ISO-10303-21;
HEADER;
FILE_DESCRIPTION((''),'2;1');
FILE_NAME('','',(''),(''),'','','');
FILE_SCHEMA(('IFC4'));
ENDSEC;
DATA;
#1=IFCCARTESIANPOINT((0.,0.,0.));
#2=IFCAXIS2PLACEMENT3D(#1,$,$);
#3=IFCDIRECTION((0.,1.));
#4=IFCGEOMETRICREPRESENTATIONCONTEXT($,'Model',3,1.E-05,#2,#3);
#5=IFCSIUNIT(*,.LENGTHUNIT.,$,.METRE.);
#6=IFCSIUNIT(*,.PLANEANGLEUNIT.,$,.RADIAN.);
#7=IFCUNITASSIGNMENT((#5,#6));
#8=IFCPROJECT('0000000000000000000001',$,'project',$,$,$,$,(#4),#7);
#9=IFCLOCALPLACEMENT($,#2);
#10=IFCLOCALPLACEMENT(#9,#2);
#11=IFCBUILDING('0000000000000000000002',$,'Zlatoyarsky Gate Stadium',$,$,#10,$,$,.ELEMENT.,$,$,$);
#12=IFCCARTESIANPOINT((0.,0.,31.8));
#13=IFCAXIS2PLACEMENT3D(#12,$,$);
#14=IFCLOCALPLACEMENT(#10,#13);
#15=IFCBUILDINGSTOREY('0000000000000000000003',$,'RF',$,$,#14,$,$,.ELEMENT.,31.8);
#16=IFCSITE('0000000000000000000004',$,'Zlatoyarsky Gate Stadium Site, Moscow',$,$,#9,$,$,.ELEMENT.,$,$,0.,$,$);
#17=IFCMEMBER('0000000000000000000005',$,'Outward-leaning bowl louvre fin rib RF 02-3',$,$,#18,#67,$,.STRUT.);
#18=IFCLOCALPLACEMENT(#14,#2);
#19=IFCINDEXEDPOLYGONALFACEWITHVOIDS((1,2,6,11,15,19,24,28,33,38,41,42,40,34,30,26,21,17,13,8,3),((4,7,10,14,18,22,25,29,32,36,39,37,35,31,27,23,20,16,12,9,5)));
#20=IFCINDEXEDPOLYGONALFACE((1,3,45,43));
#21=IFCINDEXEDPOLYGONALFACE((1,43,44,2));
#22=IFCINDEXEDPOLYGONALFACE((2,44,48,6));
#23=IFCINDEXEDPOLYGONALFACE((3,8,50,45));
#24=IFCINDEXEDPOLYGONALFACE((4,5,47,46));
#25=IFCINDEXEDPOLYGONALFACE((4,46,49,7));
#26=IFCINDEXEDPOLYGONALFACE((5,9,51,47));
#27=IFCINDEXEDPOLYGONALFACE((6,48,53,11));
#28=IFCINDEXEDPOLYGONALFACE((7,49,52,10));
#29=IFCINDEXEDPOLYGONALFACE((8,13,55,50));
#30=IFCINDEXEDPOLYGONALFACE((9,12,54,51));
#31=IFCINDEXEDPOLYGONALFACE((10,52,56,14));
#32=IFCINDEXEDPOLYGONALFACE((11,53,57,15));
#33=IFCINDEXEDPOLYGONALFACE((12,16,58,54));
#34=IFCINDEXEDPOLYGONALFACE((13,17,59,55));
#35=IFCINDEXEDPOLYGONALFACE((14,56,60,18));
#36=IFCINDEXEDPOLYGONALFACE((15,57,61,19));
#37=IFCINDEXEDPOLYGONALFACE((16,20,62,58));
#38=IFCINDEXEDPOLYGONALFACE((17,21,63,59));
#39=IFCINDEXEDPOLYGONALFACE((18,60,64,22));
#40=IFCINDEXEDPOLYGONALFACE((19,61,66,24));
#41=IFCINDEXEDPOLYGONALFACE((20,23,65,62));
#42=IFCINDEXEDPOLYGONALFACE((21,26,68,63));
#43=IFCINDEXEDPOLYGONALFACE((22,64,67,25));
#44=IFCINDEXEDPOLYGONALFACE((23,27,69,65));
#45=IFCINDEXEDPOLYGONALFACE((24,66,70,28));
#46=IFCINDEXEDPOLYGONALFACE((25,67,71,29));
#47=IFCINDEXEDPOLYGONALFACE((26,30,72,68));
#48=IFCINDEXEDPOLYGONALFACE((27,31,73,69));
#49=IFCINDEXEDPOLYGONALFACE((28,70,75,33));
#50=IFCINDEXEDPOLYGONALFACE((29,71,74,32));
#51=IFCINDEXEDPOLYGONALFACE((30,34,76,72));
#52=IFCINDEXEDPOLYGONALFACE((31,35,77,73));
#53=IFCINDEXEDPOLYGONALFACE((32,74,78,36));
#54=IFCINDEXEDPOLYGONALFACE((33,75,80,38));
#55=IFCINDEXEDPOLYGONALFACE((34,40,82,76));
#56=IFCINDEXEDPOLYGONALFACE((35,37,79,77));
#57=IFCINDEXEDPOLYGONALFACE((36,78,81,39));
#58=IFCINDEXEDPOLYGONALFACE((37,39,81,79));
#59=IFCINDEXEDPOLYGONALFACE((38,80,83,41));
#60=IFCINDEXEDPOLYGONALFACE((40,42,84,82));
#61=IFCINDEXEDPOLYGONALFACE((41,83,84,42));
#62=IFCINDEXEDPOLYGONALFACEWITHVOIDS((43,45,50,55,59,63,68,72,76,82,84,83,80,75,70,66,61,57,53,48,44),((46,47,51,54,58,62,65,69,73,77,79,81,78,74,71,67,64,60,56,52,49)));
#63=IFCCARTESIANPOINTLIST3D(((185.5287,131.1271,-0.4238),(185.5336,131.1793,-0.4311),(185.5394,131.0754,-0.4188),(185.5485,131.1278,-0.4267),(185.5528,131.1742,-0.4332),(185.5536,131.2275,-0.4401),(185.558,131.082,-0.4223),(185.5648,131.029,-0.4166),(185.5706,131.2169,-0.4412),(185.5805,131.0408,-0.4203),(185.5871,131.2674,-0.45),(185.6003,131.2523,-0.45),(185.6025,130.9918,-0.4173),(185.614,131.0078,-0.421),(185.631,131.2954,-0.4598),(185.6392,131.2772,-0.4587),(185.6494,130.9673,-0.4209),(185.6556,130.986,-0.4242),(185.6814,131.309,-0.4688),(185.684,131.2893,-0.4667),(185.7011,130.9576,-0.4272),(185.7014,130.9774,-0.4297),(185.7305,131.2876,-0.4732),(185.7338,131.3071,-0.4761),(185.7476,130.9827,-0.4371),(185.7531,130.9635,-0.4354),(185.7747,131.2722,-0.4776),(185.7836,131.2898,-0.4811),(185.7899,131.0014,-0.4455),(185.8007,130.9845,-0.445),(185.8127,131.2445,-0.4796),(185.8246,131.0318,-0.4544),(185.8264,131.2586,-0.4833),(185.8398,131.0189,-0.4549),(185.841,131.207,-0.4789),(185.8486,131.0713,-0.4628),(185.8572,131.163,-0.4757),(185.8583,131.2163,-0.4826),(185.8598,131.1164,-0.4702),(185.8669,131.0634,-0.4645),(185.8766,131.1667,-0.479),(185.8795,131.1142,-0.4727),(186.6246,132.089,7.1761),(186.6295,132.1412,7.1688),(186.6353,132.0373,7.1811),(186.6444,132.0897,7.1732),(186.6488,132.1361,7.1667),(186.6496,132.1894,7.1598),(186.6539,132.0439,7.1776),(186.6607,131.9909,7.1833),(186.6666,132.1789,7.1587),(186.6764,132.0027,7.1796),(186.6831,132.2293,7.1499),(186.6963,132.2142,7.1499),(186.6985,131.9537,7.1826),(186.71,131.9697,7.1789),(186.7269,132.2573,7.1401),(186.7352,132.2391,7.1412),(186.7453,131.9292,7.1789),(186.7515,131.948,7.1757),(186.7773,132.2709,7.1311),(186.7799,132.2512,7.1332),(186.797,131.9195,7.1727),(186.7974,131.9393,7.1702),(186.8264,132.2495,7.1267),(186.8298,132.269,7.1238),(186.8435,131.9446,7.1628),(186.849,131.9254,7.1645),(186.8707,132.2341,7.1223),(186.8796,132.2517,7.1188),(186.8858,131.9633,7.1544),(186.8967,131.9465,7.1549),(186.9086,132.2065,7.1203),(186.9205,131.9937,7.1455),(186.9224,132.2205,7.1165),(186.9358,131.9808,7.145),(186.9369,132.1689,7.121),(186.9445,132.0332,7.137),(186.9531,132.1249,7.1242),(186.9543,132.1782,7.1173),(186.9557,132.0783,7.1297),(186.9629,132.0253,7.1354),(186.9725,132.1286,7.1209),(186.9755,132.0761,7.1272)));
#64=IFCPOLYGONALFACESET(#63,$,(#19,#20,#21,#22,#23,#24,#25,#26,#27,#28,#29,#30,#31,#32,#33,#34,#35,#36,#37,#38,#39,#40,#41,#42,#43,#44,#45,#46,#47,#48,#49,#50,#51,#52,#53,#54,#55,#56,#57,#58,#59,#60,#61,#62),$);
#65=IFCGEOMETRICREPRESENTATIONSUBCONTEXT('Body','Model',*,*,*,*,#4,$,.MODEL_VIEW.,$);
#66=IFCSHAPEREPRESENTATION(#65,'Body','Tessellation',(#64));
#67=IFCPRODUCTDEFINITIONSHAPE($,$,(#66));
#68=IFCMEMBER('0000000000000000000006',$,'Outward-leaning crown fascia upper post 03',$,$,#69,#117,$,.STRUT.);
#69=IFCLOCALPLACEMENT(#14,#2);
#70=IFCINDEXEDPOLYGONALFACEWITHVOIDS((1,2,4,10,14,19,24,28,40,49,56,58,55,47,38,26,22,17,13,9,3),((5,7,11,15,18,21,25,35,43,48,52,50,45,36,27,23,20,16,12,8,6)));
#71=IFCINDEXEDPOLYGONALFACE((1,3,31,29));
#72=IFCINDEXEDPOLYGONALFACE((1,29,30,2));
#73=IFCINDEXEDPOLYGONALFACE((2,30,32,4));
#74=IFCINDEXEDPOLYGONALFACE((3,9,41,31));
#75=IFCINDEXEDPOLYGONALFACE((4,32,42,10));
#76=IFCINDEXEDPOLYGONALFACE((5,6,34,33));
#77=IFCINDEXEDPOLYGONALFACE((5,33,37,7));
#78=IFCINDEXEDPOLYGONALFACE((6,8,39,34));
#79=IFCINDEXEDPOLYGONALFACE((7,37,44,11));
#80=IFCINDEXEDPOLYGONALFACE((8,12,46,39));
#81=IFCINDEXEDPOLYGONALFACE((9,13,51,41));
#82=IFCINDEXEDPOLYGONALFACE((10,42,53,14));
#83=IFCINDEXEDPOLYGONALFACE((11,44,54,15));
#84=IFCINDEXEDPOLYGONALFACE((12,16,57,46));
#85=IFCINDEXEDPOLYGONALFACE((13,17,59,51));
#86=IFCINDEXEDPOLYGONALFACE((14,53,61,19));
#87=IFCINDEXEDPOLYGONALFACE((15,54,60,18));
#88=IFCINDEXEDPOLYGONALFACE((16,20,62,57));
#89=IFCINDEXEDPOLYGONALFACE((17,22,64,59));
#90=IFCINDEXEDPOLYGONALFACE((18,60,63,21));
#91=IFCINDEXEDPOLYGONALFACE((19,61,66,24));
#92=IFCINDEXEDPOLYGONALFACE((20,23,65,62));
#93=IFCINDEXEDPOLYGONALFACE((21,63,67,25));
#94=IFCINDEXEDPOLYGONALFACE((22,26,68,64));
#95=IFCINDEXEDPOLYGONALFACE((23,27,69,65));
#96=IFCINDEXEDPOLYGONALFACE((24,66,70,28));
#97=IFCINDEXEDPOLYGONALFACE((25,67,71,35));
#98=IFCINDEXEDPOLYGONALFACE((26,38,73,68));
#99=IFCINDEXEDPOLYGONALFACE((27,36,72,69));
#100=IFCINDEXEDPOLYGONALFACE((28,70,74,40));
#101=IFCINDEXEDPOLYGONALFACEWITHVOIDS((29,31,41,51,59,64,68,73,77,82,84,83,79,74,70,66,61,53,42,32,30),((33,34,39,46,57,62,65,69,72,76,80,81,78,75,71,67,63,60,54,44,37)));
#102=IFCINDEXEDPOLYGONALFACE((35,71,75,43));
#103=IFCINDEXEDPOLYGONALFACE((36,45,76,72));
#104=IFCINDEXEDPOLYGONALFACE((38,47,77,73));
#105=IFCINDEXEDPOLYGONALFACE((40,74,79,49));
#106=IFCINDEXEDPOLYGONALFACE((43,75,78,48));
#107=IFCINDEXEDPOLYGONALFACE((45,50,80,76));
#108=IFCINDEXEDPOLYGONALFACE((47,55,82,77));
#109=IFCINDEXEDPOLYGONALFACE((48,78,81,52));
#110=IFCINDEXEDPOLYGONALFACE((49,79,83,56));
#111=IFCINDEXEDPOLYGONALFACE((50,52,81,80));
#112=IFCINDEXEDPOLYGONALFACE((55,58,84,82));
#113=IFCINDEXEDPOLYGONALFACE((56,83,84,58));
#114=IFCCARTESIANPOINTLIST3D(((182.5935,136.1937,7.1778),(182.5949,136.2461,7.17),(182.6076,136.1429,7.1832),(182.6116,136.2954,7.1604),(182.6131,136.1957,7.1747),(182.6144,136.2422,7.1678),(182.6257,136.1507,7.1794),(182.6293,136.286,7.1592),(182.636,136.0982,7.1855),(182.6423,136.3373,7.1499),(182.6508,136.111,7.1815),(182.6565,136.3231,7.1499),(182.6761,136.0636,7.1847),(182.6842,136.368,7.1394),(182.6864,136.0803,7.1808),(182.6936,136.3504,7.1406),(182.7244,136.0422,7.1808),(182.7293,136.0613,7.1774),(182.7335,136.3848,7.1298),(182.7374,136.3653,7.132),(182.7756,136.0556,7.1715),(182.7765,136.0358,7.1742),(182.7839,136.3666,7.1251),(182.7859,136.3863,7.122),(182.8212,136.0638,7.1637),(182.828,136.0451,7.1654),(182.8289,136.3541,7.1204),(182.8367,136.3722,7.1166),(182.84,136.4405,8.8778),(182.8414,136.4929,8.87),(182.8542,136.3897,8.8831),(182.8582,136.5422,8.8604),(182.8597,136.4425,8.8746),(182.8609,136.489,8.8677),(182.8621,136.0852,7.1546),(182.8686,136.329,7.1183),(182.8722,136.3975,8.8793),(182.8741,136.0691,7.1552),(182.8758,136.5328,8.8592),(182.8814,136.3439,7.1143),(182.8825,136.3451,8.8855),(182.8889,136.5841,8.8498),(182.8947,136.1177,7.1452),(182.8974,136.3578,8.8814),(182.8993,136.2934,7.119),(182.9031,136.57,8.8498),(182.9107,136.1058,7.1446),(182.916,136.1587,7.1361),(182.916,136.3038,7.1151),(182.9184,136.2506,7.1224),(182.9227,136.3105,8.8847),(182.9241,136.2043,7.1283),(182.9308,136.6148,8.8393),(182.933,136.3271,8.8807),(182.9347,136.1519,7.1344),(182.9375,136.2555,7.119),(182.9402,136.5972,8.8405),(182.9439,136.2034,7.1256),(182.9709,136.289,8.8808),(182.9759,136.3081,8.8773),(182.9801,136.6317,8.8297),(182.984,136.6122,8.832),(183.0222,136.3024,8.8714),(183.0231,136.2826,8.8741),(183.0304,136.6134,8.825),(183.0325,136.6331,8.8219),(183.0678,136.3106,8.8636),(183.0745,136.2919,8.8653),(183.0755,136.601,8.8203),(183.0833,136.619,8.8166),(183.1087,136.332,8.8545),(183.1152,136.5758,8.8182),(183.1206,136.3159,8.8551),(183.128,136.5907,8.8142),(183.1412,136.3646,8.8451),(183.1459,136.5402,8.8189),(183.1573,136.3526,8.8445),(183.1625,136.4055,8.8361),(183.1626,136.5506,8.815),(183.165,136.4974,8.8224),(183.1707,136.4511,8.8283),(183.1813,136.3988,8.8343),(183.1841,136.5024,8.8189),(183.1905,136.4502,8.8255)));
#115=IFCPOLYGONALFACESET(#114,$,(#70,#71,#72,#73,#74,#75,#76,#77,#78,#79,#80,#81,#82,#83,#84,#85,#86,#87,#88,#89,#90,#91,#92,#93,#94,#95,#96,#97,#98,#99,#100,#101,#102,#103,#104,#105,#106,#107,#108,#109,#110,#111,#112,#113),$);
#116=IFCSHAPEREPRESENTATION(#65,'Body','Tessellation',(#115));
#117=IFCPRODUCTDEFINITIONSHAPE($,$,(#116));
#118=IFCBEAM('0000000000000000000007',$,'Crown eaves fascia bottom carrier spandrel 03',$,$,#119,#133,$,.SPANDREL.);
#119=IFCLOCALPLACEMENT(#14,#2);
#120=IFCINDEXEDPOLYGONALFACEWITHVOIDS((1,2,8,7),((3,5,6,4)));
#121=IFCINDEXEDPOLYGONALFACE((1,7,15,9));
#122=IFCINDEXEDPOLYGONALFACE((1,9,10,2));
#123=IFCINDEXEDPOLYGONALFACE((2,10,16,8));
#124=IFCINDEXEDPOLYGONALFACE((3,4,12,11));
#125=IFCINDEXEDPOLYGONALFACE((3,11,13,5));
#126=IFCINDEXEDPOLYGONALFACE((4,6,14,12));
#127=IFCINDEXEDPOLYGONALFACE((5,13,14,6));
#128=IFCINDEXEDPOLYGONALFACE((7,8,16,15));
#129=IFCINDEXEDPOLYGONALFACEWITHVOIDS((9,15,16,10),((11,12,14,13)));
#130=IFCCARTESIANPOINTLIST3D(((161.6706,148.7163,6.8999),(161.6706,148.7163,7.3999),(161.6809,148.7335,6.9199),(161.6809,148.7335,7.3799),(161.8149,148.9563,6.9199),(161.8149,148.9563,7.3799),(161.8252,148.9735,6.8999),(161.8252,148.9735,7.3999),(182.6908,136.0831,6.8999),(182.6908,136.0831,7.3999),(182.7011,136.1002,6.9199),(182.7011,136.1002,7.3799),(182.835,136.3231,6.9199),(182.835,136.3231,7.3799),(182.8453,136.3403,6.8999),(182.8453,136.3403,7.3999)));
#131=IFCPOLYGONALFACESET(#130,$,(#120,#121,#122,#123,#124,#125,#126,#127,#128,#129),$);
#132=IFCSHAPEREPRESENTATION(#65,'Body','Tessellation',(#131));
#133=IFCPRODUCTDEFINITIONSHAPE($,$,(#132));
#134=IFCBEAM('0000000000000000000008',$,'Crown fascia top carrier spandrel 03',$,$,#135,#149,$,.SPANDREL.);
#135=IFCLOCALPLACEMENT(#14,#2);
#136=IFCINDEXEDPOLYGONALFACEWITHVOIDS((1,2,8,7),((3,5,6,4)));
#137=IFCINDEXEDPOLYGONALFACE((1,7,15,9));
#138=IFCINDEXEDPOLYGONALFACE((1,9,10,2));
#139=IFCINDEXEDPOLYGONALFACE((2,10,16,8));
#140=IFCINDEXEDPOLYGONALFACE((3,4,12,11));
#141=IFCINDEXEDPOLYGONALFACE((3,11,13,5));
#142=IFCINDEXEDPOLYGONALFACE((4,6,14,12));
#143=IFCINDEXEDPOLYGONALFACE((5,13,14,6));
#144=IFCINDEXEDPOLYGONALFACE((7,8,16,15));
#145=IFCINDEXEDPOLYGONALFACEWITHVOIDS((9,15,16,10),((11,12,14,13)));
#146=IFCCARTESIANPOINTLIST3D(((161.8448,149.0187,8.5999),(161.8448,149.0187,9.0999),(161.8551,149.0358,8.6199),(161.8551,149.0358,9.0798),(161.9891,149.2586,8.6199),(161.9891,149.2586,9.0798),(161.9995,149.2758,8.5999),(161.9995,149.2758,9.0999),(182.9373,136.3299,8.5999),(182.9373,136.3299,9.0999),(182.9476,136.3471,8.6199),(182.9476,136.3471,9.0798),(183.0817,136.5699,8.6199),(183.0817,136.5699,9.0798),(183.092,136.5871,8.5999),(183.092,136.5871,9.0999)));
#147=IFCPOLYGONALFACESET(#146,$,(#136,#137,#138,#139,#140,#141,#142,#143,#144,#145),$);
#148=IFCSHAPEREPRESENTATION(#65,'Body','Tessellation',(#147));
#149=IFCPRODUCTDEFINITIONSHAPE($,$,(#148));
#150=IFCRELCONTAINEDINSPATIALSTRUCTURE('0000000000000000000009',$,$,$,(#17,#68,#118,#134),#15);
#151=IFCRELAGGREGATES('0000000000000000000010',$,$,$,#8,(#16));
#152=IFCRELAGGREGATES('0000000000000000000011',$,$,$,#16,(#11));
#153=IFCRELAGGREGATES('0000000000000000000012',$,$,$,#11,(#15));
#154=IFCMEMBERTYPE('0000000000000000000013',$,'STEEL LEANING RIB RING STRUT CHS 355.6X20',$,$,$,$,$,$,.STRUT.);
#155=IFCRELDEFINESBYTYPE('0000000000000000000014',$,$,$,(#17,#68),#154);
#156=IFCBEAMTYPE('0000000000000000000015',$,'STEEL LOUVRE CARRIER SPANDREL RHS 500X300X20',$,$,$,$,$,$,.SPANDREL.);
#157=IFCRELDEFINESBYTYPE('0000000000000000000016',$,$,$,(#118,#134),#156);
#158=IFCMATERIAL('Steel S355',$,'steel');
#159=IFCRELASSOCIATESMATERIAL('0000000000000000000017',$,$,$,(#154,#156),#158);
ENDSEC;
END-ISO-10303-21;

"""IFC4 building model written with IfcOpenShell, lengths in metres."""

from ifc_helpers import new_model, si_unit, direction, frame, origin, origin_2d, place, context, subcontext, project, spatial, hollow_rectangle, hollow_circle, extrude, material, material_profile, profile_set, type_object, element, save


model = new_model("IFC4")

# Units and contexts
model_context = context("Model", 3, precision=1e-05, world=origin(), true_north=direction((0.0, 1.0)))
body_context = subcontext(model_context, "Body", "Model", "MODEL_VIEW")
ifc_project = project(units=[si_unit("LENGTHUNIT", "METRE"), si_unit("PLANEANGLEUNIT", "RADIAN")], contexts=[model_context])

# Site, building, storey
site_placement = place(None, origin())
site = spatial("IfcSite", under=ifc_project, at=site_placement, Name="Zlatoyarsky Gate Stadium Site, Moscow", CompositionType="ELEMENT", RefElevation=0.0)
building_placement = place(site_placement, origin())
building = spatial("IfcBuilding", under=site, at=building_placement, Name="Zlatoyarsky Gate Stadium", CompositionType="ELEMENT")
storey_placement = place(building_placement, frame((0.0, 0.0, 31.8)))
storey = spatial("IfcBuildingStorey", under=building, at=storey_placement, Name="RF", CompositionType="ELEMENT", Elevation=31.8)

# Members
ifc_material_1 = material(Name="Steel S355", Category="steel")
ifc_material_profile_1 = material_profile(ifc_material_1, hollow_circle(Radius=0.1777, WallThickness=0.02, at=origin_2d()), Name="CHS 355.6X20")
ifc_profile_set_1 = profile_set([ifc_material_profile_1], Name="Steel S355")
member_type_1 = type_object("IfcMemberType", Name="STEEL LEANING RIB RING STRUT CHS 355.6X20", PredefinedType="STRUT", material=ifc_profile_set_1)
member_1_placement = place(storey_placement, frame((185.7043, 131.1338, -0.45), z_axis=(0.141623, 0.124303, 0.982085), x_axis=(-0.659654, 0.75157, 0.0)))
element("IfcMember", 1, at=member_1_placement, inside=storey, type_object=member_type_1, Name="Outward-leaning bowl louvre fin rib RF 02-3", PredefinedType="STRUT", context=body_context, shape_type="SweptSolid", body=[
    extrude(hollow_circle(Radius=0.1777, WallThickness=0.02, at=origin_2d()), origin(), (0.0, 0.0, 1.0), 7.7385),
])
member_2_placement = place(storey_placement, frame((182.7681, 136.2117, 7.1499), z_axis=(0.142091, 0.142231, 0.979582), x_axis=(-0.707457, 0.706757, 0.0)))
element("IfcMember", 2, at=member_2_placement, inside=storey, type_object=member_type_1, Name="Outward-leaning crown fascia upper post 03", PredefinedType="STRUT", context=body_context, shape_type="SweptSolid", body=[
    extrude(hollow_circle(Radius=0.1777, WallThickness=0.02, at=origin_2d()), origin(), (0.0, 0.0, 1.0), 1.7354),
])

# Beams
ifc_material_profile_2 = material_profile(ifc_material_1, hollow_rectangle(XDim=0.3, YDim=0.5, WallThickness=0.02, at=origin_2d()), Name="RHS 500X300X20")
ifc_profile_set_2 = profile_set([ifc_material_profile_2], Name="Steel S355")
beam_type = type_object("IfcBeamType", Name="STEEL LOUVRE CARRIER SPANDREL RHS 500X300X20", PredefinedType="SPANDREL", material=ifc_profile_set_2)
beam_1_placement = place(storey_placement, frame((182.7681, 136.2117, 7.1499), z_axis=(-0.857112, 0.51513, 0.0), x_axis=(-0.51513, -0.857112, 0.0)))
element("IfcBeam", 3, at=beam_1_placement, inside=storey, type_object=beam_type, Name="Crown eaves fascia bottom carrier spandrel 03", PredefinedType="SPANDREL", context=body_context, shape_type="SweptSolid", body=[
    extrude(hollow_rectangle(XDim=0.3, YDim=0.5, WallThickness=0.02, at=origin_2d()), origin(), (0.0, 0.0, 1.0), 24.5244),
])
beam_2_placement = place(storey_placement, frame((183.0146, 136.4585, 8.8499), z_axis=(-0.856897, 0.515487, 0.0), x_axis=(-0.515487, -0.856897, 0.0)))
element("IfcBeam", 4, at=beam_2_placement, inside=storey, type_object=beam_type, Name="Crown fascia top carrier spandrel 03", PredefinedType="SPANDREL", context=body_context, shape_type="SweptSolid", body=[
    extrude(hollow_rectangle(XDim=0.3, YDim=0.5, WallThickness=0.02, at=origin_2d()), origin(), (0.0, 0.0, 1.0), 24.615),
])

save(model, "model.ifc")
